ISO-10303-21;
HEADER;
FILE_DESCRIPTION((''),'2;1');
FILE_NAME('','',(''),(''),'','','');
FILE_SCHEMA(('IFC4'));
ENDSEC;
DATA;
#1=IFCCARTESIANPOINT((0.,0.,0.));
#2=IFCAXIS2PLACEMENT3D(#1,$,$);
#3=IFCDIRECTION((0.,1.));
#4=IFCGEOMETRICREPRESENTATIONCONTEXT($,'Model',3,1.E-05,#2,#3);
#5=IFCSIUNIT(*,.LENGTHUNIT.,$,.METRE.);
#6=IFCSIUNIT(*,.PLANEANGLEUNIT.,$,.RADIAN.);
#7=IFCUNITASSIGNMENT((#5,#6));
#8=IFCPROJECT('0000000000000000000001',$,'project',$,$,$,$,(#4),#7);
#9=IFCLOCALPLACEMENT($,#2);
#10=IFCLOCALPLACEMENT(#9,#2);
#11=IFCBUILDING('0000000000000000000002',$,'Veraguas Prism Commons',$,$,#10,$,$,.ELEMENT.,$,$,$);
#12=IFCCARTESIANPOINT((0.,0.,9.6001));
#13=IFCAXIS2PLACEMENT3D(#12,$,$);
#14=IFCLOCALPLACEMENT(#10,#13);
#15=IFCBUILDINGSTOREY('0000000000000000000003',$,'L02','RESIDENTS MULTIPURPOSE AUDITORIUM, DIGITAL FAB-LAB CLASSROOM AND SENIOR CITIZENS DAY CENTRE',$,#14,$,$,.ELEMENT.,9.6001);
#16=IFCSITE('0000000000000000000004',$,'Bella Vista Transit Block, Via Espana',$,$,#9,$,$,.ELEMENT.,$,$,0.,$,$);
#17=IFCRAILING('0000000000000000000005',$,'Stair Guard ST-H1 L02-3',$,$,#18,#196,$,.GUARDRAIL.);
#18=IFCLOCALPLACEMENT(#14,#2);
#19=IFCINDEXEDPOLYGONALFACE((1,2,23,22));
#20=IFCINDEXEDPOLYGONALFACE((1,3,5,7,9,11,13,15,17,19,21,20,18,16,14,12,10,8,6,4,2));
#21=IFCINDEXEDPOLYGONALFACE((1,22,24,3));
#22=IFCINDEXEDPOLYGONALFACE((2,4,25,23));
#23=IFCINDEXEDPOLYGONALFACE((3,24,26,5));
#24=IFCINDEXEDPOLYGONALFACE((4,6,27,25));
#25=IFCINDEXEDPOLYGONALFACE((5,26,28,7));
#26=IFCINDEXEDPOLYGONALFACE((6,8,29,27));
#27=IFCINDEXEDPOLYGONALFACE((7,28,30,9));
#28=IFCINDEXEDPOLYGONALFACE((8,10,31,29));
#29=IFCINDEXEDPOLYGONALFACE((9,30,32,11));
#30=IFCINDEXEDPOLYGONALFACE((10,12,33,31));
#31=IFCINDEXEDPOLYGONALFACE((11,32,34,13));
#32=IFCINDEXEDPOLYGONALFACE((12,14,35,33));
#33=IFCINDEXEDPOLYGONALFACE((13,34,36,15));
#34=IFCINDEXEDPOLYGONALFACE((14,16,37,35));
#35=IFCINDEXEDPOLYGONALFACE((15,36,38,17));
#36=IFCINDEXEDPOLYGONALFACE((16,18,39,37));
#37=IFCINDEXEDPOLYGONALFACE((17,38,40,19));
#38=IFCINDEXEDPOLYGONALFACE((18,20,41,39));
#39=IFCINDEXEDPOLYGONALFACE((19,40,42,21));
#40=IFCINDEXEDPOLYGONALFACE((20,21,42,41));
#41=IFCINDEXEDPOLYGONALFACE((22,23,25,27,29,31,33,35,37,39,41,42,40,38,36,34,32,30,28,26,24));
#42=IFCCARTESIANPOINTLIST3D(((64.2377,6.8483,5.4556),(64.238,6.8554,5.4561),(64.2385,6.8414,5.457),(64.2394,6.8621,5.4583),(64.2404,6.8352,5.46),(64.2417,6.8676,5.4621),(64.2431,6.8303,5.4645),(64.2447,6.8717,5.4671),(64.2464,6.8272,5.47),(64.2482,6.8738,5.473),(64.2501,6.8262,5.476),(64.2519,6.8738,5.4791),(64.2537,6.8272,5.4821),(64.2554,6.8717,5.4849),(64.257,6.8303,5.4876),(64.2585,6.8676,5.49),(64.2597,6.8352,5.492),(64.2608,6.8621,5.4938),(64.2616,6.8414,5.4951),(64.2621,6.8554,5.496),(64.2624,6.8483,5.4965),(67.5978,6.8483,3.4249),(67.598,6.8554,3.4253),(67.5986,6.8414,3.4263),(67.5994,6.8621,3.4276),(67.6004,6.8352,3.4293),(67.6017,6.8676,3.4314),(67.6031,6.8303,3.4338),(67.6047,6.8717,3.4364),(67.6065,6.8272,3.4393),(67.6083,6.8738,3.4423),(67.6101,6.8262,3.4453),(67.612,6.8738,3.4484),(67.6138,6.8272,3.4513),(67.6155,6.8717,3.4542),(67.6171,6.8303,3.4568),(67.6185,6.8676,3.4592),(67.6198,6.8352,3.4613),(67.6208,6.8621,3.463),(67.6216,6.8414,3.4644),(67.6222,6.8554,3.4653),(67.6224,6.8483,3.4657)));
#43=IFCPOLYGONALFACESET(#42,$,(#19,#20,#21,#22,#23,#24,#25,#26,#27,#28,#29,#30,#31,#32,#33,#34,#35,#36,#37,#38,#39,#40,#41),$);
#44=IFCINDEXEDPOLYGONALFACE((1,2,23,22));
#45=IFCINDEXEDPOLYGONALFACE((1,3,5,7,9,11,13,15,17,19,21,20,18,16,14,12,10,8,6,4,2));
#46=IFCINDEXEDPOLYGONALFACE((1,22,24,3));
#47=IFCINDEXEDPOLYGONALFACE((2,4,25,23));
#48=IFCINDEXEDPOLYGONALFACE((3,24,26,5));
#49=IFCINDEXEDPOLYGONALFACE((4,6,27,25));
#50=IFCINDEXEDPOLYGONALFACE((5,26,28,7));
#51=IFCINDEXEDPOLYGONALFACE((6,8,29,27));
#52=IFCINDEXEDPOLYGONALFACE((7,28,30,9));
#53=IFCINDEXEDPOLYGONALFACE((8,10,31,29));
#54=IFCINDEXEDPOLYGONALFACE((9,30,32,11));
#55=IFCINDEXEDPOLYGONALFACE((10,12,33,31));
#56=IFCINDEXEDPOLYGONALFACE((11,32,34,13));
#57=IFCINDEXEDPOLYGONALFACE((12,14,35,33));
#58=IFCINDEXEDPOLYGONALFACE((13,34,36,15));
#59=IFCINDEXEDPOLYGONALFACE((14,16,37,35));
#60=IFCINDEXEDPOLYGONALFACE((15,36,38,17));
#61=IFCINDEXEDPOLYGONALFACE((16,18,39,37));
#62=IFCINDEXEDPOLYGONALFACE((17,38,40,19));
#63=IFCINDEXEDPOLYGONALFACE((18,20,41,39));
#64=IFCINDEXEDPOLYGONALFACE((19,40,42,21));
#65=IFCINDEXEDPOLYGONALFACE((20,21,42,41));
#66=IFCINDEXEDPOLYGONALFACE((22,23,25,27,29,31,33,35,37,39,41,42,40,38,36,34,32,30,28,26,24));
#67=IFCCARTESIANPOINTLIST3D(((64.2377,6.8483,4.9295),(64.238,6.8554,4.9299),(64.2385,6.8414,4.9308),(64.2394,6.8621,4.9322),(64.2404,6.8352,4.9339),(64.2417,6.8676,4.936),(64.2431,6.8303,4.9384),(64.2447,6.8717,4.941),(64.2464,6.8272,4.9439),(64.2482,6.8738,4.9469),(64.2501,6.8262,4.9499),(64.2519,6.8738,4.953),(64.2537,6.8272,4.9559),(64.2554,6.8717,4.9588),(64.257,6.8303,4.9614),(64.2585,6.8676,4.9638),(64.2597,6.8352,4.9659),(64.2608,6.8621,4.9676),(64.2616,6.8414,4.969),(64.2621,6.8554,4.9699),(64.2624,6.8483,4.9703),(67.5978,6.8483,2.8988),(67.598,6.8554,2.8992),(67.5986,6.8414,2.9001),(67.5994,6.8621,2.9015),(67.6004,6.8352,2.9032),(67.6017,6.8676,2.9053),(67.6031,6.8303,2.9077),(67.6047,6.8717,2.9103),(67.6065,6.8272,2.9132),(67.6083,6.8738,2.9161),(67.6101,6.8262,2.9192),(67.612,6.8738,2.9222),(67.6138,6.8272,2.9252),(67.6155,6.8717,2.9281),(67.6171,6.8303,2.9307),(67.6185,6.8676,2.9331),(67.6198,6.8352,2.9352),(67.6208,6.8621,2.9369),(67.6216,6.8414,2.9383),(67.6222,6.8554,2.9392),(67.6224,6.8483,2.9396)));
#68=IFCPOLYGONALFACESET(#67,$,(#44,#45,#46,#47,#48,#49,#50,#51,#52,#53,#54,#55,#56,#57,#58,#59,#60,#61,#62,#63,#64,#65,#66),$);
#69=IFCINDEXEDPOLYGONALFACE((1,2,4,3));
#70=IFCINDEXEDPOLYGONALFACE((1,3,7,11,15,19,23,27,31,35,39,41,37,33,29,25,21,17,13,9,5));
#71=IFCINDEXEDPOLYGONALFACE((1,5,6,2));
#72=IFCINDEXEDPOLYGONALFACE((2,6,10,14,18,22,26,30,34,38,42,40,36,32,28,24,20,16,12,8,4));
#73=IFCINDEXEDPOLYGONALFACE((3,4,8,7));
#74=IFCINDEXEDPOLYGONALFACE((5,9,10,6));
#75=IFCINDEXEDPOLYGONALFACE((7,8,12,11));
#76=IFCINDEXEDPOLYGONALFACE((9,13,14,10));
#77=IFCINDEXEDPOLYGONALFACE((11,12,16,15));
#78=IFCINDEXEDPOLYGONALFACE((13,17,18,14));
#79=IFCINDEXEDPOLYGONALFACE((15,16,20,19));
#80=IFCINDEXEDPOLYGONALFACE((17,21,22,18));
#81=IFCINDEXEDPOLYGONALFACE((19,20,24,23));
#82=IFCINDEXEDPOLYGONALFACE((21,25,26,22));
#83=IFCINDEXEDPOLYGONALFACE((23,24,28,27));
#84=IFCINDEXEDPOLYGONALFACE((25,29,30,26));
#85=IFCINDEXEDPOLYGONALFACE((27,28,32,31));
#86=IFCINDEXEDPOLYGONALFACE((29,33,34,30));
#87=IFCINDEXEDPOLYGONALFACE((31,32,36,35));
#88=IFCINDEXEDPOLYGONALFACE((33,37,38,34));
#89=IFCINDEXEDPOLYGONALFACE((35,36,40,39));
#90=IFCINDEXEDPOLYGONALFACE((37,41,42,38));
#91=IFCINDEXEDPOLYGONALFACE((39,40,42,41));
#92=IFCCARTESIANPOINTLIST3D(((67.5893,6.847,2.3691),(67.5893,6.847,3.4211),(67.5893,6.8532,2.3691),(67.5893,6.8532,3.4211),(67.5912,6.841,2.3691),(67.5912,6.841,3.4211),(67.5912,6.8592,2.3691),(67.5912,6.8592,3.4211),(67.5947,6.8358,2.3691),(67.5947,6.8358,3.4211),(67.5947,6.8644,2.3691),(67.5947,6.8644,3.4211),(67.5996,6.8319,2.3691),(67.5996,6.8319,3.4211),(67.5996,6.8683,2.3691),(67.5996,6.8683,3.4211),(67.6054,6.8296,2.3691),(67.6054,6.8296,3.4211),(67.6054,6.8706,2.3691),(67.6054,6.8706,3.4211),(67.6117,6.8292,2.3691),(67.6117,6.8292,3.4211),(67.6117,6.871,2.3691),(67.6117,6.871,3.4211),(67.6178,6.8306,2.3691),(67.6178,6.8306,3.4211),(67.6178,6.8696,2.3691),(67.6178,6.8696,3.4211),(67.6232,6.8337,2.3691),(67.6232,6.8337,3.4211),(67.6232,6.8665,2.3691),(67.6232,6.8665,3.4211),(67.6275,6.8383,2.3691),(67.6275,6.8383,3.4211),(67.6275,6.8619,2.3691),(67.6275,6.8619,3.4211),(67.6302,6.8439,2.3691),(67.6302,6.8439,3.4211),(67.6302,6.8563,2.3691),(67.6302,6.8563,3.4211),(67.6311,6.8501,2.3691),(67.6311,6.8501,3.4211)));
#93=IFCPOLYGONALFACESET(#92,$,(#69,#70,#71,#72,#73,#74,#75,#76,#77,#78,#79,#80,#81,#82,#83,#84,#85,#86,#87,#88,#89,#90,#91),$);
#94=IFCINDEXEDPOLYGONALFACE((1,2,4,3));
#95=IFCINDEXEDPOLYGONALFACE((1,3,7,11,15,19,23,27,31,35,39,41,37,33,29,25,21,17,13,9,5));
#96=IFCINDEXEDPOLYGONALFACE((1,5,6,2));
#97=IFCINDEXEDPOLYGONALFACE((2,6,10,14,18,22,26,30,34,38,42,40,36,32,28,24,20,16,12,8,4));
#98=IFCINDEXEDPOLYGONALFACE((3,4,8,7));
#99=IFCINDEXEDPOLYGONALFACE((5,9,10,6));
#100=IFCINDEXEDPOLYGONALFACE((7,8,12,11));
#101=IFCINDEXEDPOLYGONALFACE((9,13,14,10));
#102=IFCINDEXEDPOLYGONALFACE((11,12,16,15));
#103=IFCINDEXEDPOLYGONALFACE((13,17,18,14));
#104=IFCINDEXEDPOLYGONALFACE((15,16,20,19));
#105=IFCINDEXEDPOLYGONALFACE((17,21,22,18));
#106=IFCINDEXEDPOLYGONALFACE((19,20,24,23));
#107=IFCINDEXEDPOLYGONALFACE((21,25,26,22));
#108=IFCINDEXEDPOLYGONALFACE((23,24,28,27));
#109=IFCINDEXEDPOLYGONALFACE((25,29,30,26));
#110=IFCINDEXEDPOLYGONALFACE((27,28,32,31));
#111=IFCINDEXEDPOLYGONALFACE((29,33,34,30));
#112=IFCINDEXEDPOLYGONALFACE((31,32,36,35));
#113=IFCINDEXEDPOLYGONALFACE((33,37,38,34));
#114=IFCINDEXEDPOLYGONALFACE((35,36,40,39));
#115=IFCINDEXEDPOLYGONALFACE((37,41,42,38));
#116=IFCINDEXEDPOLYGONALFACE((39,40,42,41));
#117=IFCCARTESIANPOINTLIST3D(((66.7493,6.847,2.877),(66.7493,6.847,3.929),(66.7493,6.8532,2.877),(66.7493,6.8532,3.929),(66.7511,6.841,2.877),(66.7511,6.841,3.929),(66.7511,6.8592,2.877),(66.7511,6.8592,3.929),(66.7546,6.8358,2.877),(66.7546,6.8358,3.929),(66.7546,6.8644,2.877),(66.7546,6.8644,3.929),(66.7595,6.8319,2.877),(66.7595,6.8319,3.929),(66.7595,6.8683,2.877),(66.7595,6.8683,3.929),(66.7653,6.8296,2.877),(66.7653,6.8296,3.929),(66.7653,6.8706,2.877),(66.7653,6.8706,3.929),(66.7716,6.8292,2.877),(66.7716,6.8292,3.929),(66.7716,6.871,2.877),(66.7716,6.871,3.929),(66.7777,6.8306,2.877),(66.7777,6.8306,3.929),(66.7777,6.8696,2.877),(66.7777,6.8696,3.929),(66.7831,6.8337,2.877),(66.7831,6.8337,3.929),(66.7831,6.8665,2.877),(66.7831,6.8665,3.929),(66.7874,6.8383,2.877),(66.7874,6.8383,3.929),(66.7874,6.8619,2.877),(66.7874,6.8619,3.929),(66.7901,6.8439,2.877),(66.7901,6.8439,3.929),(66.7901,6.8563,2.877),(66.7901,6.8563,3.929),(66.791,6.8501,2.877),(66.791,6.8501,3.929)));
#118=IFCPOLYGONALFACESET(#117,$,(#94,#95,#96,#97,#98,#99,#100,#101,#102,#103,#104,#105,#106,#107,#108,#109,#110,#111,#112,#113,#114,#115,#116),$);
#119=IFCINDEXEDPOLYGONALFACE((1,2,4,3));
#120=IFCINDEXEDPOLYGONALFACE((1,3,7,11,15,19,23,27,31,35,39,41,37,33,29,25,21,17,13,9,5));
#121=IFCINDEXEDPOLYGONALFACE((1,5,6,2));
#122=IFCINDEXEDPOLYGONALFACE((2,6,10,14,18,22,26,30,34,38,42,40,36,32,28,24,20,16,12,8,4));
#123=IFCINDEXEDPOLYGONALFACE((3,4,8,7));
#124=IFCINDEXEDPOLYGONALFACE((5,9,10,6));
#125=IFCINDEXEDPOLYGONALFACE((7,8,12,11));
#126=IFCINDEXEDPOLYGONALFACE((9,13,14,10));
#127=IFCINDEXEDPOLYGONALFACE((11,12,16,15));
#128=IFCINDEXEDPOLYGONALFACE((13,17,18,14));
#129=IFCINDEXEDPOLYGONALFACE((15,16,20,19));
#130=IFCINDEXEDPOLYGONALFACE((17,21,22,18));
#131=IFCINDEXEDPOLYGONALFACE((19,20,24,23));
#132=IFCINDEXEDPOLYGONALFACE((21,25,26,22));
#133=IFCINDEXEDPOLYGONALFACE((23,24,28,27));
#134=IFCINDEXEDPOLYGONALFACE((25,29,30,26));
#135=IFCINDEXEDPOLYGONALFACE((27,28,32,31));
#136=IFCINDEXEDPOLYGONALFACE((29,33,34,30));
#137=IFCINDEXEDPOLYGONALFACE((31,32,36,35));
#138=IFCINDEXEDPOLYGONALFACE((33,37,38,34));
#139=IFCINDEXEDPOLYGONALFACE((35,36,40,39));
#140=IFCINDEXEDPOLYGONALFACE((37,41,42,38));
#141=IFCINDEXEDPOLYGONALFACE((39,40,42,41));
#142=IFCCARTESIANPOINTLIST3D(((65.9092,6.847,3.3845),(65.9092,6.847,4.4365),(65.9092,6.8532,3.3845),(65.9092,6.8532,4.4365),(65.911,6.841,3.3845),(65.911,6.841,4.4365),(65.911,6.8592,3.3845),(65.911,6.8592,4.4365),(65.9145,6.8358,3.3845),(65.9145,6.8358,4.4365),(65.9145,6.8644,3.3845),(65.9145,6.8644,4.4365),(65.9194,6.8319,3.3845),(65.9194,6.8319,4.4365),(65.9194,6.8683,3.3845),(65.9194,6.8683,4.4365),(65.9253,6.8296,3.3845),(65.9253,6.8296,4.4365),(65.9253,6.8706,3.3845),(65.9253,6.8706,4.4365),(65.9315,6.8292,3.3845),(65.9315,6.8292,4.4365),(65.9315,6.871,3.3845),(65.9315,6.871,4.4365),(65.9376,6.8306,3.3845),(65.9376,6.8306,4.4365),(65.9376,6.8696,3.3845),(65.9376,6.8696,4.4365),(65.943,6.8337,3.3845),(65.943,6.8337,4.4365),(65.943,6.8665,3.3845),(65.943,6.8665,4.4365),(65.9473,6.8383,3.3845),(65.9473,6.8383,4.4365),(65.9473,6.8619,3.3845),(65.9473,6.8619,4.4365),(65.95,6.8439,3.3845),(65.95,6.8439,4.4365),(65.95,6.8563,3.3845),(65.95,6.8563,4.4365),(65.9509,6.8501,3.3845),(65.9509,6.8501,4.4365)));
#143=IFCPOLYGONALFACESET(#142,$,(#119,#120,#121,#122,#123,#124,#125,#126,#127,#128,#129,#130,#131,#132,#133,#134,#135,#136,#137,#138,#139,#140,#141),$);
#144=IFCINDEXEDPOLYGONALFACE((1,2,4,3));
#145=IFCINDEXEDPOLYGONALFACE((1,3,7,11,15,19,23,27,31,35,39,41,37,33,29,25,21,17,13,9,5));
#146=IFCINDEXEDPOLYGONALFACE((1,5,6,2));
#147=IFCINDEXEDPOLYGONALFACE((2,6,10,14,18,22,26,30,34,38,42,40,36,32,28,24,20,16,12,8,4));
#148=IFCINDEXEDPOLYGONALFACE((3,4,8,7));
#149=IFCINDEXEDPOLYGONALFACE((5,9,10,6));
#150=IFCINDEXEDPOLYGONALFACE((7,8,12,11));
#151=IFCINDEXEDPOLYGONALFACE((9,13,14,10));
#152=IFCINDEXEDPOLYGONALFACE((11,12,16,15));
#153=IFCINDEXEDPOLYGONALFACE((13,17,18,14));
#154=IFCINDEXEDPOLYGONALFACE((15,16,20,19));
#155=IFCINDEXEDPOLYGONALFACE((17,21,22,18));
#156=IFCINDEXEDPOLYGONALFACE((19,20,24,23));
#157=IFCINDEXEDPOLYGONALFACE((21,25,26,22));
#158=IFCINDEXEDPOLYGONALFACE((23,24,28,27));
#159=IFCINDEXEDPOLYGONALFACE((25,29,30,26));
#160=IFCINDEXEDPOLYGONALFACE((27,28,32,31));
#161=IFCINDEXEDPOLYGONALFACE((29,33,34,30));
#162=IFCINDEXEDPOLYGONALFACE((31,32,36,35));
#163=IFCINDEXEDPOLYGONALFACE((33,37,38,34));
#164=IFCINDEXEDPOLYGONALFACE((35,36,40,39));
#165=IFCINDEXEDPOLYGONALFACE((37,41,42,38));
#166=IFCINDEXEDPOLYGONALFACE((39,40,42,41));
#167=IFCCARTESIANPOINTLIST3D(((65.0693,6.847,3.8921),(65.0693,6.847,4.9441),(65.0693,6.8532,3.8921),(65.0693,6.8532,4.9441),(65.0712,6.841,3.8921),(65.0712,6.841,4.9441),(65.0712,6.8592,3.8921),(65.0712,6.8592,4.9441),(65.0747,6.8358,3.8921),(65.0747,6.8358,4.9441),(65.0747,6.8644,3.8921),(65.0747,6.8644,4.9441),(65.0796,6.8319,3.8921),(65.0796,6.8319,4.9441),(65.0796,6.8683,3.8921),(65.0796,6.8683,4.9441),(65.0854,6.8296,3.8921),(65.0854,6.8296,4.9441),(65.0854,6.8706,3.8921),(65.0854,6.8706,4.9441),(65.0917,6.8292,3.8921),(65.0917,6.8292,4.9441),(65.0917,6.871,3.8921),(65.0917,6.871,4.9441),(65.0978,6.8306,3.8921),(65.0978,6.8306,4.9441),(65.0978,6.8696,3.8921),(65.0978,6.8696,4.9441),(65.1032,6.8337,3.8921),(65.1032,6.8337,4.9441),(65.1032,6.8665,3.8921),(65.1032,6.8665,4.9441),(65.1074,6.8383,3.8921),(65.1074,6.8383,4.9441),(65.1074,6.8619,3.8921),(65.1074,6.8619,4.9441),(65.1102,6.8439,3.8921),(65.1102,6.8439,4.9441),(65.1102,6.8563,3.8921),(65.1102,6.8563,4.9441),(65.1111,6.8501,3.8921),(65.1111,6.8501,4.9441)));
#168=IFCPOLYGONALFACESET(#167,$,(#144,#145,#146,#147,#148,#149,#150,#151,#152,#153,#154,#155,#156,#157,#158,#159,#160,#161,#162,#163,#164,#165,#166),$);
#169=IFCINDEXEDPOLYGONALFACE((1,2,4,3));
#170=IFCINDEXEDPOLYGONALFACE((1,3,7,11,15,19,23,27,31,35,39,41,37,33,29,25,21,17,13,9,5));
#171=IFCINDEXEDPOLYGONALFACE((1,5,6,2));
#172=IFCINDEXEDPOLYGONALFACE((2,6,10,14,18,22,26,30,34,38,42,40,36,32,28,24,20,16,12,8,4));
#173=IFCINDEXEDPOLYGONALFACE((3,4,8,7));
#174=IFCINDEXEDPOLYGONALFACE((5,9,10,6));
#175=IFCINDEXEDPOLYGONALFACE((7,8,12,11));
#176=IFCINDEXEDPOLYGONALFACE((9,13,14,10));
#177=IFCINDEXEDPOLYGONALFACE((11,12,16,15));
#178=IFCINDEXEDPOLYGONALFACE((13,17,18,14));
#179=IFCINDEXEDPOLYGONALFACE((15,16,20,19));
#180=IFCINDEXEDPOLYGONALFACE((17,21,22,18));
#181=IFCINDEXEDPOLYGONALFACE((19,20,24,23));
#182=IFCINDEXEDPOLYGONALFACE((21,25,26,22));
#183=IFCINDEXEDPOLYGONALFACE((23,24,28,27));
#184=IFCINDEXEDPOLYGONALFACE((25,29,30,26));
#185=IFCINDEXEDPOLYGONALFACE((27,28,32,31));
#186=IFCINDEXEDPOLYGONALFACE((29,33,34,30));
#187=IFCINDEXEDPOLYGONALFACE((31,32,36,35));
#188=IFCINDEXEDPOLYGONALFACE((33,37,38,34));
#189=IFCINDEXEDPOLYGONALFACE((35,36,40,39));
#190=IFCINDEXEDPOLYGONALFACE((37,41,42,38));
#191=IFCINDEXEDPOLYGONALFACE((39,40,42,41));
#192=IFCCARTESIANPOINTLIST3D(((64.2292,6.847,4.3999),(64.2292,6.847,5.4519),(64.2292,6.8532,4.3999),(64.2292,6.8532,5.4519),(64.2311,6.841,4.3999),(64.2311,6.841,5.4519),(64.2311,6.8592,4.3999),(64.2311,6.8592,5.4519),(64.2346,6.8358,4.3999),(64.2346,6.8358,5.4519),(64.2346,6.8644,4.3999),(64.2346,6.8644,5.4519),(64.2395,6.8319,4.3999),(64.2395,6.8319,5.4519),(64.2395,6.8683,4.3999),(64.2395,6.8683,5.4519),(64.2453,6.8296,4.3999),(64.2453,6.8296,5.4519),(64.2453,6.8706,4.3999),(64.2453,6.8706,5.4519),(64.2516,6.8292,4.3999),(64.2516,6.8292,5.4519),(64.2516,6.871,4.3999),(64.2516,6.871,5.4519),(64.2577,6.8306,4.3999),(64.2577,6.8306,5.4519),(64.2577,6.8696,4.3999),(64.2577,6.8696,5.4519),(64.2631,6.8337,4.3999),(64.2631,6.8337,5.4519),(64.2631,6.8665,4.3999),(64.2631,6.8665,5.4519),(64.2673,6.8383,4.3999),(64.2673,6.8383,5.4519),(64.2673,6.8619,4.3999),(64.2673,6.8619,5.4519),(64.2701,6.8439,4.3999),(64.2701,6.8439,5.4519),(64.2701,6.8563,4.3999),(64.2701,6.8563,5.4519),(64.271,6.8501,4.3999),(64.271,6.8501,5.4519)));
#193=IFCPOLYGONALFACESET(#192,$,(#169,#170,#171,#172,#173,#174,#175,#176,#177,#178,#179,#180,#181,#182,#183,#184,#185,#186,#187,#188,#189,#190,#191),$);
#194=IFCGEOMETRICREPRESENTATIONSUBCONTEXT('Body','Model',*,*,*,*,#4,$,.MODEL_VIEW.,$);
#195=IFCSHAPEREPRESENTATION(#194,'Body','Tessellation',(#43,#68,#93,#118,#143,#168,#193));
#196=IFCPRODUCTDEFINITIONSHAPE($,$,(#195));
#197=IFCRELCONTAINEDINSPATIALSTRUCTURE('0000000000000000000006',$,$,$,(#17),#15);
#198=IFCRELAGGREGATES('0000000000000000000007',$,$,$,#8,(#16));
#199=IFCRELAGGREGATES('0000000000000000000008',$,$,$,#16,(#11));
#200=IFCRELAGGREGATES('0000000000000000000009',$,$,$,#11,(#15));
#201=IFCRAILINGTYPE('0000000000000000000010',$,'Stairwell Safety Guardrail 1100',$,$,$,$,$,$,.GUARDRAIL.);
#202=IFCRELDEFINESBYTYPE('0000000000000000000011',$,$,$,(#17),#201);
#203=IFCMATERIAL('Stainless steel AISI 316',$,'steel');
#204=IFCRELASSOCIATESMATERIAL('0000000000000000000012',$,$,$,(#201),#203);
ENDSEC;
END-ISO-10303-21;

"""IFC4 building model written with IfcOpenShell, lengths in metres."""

from ifc_helpers import new_model, si_unit, direction, frame, origin, origin_2d, place, context, subcontext, project, spatial, circle, extrude, material, type_object, element, save


model = new_model("IFC4")

# Units and contexts
model_context = context("Model", 3, precision=1e-05, world=origin(), true_north=direction((0.0, 1.0)))
body_context = subcontext(model_context, "Body", "Model", "MODEL_VIEW")
ifc_project = project(units=[si_unit("LENGTHUNIT", "METRE"), si_unit("PLANEANGLEUNIT", "RADIAN")], contexts=[model_context])

# Site, building, storey
site_placement = place(None, origin())
site = spatial("IfcSite", under=ifc_project, at=site_placement, Name="Bella Vista Transit Block, Via Espana", CompositionType="ELEMENT", RefElevation=0.0)
building_placement = place(site_placement, origin())
building = spatial("IfcBuilding", under=site, at=building_placement, Name="Veraguas Prism Commons", CompositionType="ELEMENT")
storey_placement = place(building_placement, frame((0.0, 0.0, 9.6001)))
storey = spatial("IfcBuildingStorey", under=building, at=storey_placement, Name="L02", Description="RESIDENTS MULTIPURPOSE AUDITORIUM, DIGITAL FAB-LAB CLASSROOM AND SENIOR CITIZENS DAY CENTRE", CompositionType="ELEMENT", Elevation=9.6001)

# Railing
ifc_material_1 = material(Name="Stainless steel AISI 316", Category="steel")
railing_type_1 = type_object("IfcRailingType", Name="Stairwell Safety Guardrail 1100", PredefinedType="GUARDRAIL", material=ifc_material_1)
railing_1_placement = place(storey_placement, frame((67.6101, 6.8501, 2.3691)))
element("IfcRailing", 1, at=railing_1_placement, inside=storey, type_object=railing_type_1, Name="Stair Guard ST-H1 L02-3", PredefinedType="GUARDRAIL", context=body_context, shape_type="SweptSolid", body=[
    extrude(circle(Radius=0.0239, at=origin_2d()), frame((0.0, 0.0, 1.0762), z_axis=(-0.855837, 0.0, 0.517246), x_axis=(0.0, -1.0, 0.0)), (0.0, 0.0, 1.0), 3.926),
    extrude(circle(Radius=0.0239, at=origin_2d()), frame((0.0, 0.0, 0.55), z_axis=(-0.855837, 0.0, 0.517246), x_axis=(0.0, -1.0, 0.0)), (0.0, 0.0, 1.0), 3.926),
    extrude(circle(Radius=0.021, at=origin_2d()), origin(), (0.0, 0.0, 1.0), 1.052),
    extrude(circle(Radius=0.021, at=origin_2d()), frame((-0.8401, 0.0, 0.5078)), (0.0, 0.0, 1.0), 1.052),
    extrude(circle(Radius=0.021, at=origin_2d()), frame((-1.6802, 0.0, 1.0154)), (0.0, 0.0, 1.0), 1.052),
    extrude(circle(Radius=0.021, at=origin_2d()), frame((-2.52, 0.0, 1.5229)), (0.0, 0.0, 1.0), 1.052),
    extrude(circle(Radius=0.021, at=origin_2d()), frame((-3.3601, 0.0, 2.0308)), (0.0, 0.0, 1.0), 1.052),
])

save(model, "model.ifc")
